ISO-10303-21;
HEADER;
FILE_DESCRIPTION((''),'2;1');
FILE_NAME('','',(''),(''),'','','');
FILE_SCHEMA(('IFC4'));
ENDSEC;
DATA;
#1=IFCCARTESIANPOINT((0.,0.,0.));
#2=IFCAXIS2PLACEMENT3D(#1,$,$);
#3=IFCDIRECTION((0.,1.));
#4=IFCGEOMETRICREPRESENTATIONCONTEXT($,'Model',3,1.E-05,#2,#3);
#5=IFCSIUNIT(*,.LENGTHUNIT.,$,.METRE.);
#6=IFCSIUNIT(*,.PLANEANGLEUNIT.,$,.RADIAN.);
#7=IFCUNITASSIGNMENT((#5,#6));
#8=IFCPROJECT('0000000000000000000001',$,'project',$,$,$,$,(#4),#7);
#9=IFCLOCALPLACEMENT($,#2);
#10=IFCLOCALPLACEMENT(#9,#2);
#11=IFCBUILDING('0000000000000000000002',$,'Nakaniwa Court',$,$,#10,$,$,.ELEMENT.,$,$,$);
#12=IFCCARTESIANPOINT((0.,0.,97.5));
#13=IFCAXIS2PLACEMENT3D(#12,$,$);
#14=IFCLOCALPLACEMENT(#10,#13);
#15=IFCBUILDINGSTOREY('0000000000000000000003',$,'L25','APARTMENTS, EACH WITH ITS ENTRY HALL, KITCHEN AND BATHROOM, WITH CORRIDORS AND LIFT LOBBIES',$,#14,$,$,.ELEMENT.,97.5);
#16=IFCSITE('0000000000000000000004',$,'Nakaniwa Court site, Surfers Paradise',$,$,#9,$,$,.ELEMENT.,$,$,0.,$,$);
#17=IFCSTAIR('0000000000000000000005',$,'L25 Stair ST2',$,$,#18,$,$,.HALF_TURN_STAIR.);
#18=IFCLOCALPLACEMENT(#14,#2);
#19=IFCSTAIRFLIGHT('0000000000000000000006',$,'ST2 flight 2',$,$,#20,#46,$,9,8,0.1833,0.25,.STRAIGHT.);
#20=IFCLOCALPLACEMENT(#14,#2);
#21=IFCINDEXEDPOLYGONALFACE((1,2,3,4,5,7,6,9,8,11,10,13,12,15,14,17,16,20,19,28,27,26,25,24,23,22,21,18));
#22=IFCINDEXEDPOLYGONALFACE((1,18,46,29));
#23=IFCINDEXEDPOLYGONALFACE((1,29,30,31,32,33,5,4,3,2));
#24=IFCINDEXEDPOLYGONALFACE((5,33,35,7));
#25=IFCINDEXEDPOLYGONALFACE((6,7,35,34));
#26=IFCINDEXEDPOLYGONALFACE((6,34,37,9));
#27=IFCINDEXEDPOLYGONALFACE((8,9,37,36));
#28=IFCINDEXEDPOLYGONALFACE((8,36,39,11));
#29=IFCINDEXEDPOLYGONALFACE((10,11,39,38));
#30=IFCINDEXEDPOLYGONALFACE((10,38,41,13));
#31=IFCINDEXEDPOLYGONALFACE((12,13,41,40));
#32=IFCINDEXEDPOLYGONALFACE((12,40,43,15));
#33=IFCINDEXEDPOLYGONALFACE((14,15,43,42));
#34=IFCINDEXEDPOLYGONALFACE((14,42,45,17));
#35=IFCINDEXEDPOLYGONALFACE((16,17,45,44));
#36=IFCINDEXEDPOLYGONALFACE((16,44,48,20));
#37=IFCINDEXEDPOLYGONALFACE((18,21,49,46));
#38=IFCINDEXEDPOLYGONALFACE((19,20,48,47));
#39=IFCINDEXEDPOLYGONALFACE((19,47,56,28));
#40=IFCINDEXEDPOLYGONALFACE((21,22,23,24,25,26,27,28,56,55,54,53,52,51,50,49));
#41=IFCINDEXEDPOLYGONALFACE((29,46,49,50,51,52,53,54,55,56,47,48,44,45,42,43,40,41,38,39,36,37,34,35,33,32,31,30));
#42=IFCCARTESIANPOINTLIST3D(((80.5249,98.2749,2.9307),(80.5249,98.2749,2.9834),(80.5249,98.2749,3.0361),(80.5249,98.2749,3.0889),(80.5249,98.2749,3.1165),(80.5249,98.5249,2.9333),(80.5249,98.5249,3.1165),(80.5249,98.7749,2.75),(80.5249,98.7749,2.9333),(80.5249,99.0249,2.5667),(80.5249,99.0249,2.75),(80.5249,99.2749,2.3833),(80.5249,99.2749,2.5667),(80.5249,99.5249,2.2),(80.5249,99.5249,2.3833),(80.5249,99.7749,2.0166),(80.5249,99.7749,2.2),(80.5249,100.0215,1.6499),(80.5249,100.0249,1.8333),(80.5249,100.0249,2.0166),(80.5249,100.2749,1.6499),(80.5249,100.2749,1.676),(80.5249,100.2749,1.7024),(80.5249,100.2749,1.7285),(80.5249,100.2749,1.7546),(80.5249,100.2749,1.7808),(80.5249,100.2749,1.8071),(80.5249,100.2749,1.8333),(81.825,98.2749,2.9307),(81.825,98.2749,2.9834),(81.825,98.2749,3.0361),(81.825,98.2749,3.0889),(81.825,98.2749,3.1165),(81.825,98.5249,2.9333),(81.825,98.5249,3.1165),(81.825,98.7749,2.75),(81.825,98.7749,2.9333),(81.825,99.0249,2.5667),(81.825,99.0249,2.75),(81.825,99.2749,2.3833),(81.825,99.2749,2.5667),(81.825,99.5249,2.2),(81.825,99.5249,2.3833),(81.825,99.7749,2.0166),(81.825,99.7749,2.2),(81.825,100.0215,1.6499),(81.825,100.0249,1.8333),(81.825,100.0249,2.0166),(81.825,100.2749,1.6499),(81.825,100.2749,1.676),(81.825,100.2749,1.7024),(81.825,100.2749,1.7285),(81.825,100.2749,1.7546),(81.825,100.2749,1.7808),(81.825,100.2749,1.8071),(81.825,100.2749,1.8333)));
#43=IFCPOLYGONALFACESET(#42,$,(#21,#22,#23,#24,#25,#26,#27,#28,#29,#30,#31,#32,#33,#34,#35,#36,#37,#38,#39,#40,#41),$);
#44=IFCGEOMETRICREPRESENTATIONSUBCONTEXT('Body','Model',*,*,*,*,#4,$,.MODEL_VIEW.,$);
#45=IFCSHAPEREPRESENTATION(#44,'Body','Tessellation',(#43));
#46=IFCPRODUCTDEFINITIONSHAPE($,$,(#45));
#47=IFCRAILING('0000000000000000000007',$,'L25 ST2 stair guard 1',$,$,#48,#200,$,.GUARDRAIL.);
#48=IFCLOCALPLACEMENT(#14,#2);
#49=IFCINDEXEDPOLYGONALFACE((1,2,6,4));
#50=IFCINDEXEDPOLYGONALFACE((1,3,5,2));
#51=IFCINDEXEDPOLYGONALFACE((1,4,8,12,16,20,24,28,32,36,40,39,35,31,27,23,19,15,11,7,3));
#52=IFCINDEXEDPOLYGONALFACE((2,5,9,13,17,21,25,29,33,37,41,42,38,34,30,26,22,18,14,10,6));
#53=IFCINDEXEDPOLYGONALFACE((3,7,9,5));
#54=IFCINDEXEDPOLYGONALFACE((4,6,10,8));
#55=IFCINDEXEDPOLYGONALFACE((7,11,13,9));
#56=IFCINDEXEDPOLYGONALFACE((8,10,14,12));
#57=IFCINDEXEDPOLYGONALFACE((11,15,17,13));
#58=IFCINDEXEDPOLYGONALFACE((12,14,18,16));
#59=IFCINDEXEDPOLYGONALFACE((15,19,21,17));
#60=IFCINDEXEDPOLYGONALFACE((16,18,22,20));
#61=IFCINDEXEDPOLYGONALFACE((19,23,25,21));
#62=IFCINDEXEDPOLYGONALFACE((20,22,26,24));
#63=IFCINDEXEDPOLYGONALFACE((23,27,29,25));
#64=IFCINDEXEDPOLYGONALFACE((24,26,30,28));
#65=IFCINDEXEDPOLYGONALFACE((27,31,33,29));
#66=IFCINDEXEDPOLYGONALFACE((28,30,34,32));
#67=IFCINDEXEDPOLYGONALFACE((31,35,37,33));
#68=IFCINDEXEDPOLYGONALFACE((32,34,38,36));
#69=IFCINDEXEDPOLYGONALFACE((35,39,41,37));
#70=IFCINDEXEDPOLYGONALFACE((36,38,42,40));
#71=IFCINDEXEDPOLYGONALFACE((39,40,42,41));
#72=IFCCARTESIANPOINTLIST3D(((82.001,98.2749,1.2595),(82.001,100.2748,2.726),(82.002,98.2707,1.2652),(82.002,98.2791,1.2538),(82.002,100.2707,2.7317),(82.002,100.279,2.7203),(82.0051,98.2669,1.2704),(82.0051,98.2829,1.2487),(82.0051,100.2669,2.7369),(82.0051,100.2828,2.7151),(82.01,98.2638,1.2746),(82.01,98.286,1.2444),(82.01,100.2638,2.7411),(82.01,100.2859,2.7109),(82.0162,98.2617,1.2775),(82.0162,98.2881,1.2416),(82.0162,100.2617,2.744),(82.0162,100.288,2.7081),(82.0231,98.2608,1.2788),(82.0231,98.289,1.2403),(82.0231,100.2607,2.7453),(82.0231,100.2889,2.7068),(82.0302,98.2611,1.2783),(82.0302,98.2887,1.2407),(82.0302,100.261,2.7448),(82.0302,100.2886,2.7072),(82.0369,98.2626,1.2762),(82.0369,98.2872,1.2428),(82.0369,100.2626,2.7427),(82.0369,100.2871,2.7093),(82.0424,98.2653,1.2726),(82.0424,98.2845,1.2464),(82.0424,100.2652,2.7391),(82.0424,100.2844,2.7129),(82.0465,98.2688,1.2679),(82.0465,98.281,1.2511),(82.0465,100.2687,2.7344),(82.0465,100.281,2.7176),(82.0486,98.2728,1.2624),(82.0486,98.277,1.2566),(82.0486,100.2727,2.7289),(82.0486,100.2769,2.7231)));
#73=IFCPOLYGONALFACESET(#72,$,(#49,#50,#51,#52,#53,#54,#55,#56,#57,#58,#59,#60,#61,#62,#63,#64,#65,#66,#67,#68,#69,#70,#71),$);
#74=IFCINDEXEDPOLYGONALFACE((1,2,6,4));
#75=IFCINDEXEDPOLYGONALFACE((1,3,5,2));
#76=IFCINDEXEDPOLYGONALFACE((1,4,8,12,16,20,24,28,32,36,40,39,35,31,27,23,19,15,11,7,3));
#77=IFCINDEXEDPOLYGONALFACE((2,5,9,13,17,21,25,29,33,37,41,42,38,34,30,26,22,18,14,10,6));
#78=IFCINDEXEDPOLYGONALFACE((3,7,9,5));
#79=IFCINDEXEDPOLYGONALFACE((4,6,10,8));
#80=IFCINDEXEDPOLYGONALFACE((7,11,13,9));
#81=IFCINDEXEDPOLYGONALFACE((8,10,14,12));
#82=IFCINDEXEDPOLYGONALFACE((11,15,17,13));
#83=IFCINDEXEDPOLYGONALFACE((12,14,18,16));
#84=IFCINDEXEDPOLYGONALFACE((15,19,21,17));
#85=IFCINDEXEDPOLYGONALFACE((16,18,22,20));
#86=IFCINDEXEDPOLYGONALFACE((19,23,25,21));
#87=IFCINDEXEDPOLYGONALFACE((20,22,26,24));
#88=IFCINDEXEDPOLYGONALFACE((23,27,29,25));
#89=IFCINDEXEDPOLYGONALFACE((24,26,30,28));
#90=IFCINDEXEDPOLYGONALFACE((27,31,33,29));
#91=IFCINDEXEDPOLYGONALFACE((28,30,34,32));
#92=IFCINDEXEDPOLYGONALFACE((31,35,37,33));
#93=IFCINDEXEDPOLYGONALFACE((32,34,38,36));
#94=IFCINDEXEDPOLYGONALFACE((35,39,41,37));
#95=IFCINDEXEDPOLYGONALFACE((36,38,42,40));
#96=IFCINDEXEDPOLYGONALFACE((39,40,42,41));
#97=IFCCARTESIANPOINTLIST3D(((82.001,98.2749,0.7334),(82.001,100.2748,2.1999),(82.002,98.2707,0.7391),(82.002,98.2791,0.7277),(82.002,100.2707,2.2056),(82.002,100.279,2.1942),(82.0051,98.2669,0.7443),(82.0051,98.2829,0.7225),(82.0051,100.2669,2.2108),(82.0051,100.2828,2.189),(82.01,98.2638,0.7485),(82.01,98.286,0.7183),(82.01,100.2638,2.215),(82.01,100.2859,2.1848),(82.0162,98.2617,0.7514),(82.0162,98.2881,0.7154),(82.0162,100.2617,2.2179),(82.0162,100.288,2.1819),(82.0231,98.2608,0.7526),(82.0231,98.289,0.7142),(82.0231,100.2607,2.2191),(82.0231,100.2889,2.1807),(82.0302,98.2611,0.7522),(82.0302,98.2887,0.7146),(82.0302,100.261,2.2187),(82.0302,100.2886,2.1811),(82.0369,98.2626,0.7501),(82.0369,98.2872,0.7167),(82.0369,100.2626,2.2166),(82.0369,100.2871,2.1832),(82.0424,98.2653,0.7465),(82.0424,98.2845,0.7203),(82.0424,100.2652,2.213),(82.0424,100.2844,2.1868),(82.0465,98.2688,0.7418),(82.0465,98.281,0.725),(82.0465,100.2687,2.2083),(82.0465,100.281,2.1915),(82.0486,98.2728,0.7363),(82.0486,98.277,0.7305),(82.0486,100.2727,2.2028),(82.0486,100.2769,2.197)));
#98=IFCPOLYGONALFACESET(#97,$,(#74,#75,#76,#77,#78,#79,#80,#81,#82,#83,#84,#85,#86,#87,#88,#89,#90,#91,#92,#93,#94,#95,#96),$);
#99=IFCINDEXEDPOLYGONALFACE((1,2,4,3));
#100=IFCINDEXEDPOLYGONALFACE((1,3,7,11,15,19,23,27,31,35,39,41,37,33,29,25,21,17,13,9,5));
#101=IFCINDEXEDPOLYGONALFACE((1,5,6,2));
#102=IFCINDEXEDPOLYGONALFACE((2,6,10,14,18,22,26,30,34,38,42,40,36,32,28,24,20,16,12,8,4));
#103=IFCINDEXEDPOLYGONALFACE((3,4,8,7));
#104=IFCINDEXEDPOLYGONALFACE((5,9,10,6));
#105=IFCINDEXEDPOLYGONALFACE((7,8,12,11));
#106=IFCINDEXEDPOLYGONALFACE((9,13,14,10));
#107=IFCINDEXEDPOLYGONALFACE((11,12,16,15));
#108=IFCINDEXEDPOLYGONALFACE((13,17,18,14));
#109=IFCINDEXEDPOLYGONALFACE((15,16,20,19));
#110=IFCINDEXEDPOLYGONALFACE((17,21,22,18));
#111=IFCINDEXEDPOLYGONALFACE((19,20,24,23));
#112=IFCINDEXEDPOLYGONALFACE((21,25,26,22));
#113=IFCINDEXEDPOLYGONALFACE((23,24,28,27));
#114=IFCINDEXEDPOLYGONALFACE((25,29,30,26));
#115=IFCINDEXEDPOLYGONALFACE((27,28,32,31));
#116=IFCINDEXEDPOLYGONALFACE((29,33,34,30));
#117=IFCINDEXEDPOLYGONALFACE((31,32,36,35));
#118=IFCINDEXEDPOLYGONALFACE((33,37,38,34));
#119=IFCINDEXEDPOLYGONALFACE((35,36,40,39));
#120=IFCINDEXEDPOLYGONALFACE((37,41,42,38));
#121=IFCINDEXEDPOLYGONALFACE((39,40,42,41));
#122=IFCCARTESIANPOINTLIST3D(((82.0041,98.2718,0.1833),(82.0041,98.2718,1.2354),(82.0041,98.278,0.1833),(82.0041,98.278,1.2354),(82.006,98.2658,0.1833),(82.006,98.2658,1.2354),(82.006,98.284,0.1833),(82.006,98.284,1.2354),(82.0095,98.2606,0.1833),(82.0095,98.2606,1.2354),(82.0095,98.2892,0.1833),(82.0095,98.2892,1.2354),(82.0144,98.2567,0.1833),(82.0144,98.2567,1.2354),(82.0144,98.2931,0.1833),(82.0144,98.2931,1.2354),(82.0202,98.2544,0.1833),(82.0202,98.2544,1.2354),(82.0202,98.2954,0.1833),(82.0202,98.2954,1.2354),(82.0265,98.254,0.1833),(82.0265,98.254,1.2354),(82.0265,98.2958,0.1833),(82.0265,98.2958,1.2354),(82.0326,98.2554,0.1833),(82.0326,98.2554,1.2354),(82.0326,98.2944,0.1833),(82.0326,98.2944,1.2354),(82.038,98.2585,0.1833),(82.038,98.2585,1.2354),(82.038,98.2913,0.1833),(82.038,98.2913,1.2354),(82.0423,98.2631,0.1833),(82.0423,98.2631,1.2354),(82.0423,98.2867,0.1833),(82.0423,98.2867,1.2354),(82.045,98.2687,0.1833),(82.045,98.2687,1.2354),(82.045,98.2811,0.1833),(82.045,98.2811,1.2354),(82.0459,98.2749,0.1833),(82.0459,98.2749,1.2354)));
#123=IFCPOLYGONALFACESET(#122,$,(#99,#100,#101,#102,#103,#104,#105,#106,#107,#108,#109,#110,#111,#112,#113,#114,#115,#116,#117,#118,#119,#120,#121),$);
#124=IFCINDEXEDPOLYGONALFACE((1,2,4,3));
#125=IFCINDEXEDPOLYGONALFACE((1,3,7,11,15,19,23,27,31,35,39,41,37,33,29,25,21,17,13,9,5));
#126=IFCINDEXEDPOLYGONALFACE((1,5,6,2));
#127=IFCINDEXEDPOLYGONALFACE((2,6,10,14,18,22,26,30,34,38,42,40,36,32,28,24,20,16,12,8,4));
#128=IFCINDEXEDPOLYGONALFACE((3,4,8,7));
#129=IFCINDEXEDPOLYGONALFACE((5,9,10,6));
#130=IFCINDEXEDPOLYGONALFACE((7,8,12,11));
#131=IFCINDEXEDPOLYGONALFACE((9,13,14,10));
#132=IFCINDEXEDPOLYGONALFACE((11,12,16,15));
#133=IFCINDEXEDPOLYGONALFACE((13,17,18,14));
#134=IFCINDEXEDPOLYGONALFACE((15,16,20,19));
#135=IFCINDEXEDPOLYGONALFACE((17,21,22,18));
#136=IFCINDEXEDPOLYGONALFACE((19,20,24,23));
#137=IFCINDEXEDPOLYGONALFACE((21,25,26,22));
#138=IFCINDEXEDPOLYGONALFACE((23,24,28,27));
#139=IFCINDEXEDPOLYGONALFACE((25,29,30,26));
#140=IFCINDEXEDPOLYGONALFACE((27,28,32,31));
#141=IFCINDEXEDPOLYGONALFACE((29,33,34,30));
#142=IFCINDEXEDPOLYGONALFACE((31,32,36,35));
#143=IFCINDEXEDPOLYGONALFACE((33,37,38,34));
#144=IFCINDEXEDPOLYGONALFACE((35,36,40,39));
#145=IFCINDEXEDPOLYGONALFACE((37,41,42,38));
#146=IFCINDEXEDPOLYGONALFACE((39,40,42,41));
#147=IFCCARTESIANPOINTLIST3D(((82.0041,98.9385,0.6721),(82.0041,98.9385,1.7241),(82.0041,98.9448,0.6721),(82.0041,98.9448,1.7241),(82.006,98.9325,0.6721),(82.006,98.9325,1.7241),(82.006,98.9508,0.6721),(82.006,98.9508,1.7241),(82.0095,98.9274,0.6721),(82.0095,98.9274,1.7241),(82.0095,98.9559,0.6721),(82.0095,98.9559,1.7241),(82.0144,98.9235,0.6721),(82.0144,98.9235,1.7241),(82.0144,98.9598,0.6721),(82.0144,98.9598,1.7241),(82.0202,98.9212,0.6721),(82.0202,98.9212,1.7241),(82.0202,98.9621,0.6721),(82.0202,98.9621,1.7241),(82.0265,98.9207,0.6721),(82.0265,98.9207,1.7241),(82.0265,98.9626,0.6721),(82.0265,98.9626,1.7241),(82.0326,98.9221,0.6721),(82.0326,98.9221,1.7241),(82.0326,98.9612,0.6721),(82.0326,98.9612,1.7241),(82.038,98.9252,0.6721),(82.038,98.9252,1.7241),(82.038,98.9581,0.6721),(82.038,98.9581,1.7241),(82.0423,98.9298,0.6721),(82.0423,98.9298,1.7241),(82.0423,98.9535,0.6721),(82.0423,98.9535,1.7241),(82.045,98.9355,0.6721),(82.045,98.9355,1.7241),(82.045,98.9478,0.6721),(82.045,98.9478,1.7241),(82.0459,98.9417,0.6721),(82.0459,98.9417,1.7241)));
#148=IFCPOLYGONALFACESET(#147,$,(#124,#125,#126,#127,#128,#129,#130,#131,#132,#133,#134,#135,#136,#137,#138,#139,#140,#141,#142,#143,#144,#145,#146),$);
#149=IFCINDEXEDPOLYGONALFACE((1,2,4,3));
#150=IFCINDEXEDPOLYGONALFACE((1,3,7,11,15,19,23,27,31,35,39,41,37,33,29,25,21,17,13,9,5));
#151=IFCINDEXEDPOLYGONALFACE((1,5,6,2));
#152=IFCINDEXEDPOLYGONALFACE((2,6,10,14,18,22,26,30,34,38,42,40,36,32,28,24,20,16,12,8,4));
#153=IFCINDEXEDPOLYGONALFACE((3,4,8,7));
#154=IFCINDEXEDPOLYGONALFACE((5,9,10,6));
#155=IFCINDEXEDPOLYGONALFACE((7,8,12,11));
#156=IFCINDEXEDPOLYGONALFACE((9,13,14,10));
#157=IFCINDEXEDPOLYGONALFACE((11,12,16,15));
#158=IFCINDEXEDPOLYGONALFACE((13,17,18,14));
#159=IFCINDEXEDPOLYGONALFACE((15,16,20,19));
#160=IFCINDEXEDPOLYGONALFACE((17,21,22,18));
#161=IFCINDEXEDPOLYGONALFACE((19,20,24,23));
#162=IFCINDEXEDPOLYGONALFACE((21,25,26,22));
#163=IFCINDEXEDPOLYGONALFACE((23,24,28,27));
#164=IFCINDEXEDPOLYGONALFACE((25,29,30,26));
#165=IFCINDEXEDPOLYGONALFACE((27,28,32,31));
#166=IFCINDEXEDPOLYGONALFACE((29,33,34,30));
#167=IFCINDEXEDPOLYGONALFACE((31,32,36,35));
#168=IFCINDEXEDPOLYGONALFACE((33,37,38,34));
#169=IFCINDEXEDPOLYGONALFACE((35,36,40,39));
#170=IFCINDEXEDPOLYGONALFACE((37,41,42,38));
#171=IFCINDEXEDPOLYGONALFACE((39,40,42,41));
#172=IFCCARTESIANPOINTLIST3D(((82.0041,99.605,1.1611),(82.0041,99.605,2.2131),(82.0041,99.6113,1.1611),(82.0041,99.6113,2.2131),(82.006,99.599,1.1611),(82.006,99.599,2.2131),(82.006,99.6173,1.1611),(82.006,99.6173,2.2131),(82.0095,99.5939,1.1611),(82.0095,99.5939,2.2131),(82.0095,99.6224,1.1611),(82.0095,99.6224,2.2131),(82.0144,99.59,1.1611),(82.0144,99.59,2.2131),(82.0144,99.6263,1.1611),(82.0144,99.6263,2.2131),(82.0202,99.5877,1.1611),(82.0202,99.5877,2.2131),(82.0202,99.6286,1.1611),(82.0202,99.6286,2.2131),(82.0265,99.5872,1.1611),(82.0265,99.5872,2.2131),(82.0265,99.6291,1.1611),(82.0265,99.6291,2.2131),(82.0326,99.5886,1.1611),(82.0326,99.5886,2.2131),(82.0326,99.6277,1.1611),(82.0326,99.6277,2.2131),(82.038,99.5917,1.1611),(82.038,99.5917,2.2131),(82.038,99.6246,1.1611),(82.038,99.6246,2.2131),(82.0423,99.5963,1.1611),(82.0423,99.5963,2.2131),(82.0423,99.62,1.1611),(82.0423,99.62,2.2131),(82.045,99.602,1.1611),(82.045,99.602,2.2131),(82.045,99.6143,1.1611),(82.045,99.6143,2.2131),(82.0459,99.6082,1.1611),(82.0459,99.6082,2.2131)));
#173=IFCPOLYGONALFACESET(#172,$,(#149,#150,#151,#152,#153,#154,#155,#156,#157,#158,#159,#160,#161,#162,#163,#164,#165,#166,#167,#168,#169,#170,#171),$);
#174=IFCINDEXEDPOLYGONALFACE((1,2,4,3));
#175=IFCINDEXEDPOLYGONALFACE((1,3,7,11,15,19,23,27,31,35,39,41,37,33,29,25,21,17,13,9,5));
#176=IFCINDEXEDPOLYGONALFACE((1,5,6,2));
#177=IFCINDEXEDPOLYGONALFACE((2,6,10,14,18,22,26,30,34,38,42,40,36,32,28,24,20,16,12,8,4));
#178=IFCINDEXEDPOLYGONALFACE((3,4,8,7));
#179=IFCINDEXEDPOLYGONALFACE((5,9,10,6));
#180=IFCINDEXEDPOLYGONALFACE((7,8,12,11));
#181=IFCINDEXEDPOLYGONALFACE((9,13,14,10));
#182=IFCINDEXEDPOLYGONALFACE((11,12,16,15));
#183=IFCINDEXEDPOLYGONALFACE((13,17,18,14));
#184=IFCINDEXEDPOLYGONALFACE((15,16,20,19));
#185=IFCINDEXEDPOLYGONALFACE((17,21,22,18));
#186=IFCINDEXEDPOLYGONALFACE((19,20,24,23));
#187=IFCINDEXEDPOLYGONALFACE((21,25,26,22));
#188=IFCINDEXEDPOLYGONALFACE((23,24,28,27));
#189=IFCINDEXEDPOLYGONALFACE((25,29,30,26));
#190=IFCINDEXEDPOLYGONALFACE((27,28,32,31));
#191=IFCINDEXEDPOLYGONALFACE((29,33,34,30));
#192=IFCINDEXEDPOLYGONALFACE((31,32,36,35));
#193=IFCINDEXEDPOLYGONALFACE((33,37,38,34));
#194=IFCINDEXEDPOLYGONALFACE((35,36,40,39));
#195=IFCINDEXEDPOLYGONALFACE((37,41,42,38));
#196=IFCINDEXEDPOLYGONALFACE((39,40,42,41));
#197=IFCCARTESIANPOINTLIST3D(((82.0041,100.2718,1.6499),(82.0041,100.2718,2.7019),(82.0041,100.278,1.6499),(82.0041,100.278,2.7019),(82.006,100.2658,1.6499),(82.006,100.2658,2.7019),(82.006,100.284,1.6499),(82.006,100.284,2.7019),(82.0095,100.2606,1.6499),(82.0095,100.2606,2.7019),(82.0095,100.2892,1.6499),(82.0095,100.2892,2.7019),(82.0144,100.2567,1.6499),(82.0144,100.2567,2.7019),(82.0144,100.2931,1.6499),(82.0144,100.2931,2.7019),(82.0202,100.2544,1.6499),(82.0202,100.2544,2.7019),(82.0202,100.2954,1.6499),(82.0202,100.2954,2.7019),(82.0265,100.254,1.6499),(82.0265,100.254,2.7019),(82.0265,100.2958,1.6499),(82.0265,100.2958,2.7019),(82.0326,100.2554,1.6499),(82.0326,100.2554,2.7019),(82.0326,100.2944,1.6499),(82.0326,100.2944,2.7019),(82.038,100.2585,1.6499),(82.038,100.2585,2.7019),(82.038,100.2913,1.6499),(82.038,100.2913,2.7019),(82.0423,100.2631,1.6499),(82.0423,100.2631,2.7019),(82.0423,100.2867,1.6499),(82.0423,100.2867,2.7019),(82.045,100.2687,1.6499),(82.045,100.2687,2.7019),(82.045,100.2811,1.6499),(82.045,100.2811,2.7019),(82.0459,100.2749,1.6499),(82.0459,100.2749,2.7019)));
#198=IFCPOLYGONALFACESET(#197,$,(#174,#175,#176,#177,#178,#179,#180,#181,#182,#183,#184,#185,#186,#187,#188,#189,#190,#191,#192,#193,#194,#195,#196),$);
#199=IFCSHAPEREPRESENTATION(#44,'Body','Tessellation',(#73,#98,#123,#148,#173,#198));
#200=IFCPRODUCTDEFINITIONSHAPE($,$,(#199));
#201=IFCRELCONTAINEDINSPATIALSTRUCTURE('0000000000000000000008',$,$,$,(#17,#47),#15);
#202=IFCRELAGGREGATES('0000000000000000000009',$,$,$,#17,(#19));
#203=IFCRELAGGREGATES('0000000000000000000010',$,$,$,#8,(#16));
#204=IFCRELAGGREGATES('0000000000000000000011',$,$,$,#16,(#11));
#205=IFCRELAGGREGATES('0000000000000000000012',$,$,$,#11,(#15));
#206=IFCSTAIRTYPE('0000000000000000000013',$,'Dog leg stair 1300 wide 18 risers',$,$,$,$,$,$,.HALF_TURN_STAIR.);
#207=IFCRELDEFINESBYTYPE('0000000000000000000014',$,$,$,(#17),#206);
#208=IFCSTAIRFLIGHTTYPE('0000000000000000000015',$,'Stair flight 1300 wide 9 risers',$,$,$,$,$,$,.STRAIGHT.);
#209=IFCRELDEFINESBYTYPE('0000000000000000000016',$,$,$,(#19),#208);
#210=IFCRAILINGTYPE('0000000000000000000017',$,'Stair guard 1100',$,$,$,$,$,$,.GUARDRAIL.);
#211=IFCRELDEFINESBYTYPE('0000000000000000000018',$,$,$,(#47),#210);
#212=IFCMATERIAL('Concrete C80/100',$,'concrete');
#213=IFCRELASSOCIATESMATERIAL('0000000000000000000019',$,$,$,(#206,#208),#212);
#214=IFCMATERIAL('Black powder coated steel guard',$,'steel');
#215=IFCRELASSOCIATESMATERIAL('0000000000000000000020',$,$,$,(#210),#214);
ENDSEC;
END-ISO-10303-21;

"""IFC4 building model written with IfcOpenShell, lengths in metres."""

from ifc_helpers import new_model, si_unit, direction, frame, origin, origin_2d, place, context, subcontext, project, spatial, polyline, circle, outline, extrude, material, type_object, element, aggregate, save


model = new_model("IFC4")

# Units and contexts
model_context = context("Model", 3, precision=1e-05, world=origin(), true_north=direction((0.0, 1.0)))
body_context = subcontext(model_context, "Body", "Model", "MODEL_VIEW")
ifc_project = project(units=[si_unit("LENGTHUNIT", "METRE"), si_unit("PLANEANGLEUNIT", "RADIAN")], contexts=[model_context])

# Site, building, storey
site_placement = place(None, origin())
site = spatial("IfcSite", under=ifc_project, at=site_placement, Name="Nakaniwa Court site, Surfers Paradise", CompositionType="ELEMENT", RefElevation=0.0)
building_placement = place(site_placement, origin())
building = spatial("IfcBuilding", under=site, at=building_placement, Name="Nakaniwa Court", CompositionType="ELEMENT")
storey_placement = place(building_placement, frame((0.0, 0.0, 97.5)))
storey = spatial("IfcBuildingStorey", under=building, at=storey_placement, Name="L25", Description="APARTMENTS, EACH WITH ITS ENTRY HALL, KITCHEN AND BATHROOM, WITH CORRIDORS AND LIFT LOBBIES", CompositionType="ELEMENT", Elevation=97.5)

# Shared definitions
ifc_material_1 = material(Name="Concrete C80/100", Category="concrete")

# Stair, stair flight
stair_type = type_object("IfcStairType", Name="Dog leg stair 1300 wide 18 risers", PredefinedType="HALF_TURN_STAIR", material=ifc_material_1)
stair_placement = place(storey_placement, origin())
stair = element("IfcStair", 1, at=stair_placement, inside=storey, type_object=stair_type, Name="L25 Stair ST2", PredefinedType="HALF_TURN_STAIR")
stair_flight_type = type_object("IfcStairFlightType", Name="Stair flight 1300 wide 9 risers", PredefinedType="STRAIGHT", material=ifc_material_1)
stair_flight_1_placement = place(storey_placement, frame((81.175, 100.2749, 1.6499), z_axis=(0.0, 0.0, 1.0), x_axis=(0.0, -1.0, 0.0)))
stair_flight_1 = element("IfcStairFlight", 2, at=stair_flight_1_placement, type_object=stair_flight_type, Name="ST2 flight 2", NumberOfRisers=9, NumberOfTreads=8, PredefinedType="STRAIGHT", RiserHeight=0.1833, TreadLength=0.25, context=body_context, shape_type="SweptSolid", body=[
    extrude(outline(polyline([(0.0, 0.0), (0.0, 0.0261), (0.0, 0.0525), (0.0, 0.0786), (0.0, 0.1047), (0.0, 0.1309), (0.0, 0.1572), (0.0, 0.1833), (0.25, 0.1833), (0.25, 0.3667), (0.5, 0.3667), (0.5, 0.55), (0.75, 0.55), (0.75, 0.7334), (1.0, 0.7334), (1.0, 0.9167), (1.25, 0.9167), (1.25, 1.1001), (1.5, 1.1001), (1.5, 1.2834), (1.75, 1.2834), (1.75, 1.4666), (2.0, 1.4666), (2.0, 1.6499), (2.0, 1.5972), (2.0, 1.5444), (2.0, 1.4917), (2.0, 1.439), (2.0, 1.3862), (2.0, 1.3335), (2.0, 1.2808), (0.2534, 0.0), (0.0, 0.0)])), frame((0.0, 0.6499, 0.0), z_axis=(0.0, -1.0, 0.0), x_axis=(1.0, 0.0, 0.0)), (0.0, 0.0, 1.0), 1.3),
])
aggregate(stair, [stair_flight_1])

# Railing
ifc_material_2 = material(Name="Black powder coated steel guard", Category="steel")
railing_type_1 = type_object("IfcRailingType", Name="Stair guard 1100", PredefinedType="GUARDRAIL", material=ifc_material_2)
railing_1_placement = place(storey_placement, frame((82.0249, 98.2749, 0.1833)))
element("IfcRailing", 3, at=railing_1_placement, inside=storey, type_object=railing_type_1, Name="L25 ST2 stair guard 1", PredefinedType="GUARDRAIL", context=body_context, shape_type="SweptSolid", body=[
    extrude(circle(Radius=0.0239, at=origin_2d()), frame((0.0, 0.0, 1.0762), z_axis=(0.0, 0.806427, 0.591334), x_axis=(-1.0, 0.0, 0.0)), (0.0, 0.0, 1.0), 2.48),
    extrude(circle(Radius=0.0239, at=origin_2d()), frame((0.0, 0.0, 0.55), z_axis=(0.0, 0.806427, 0.591334), x_axis=(-1.0, 0.0, 0.0)), (0.0, 0.0, 1.0), 2.48),
    extrude(circle(Radius=0.021, at=origin_2d()), origin(), (0.0, 0.0, 1.0), 1.052),
    extrude(circle(Radius=0.021, at=origin_2d()), frame((0.0, 0.6667, 0.4888)), (0.0, 0.0, 1.0), 1.052),
    extrude(circle(Radius=0.021, at=origin_2d()), frame((0.0, 1.3333, 0.9778)), (0.0, 0.0, 1.0), 1.052),
    extrude(circle(Radius=0.021, at=origin_2d()), frame((0.0, 2.0, 1.4666)), (0.0, 0.0, 1.0), 1.052),
])

save(model, "model.ifc")
